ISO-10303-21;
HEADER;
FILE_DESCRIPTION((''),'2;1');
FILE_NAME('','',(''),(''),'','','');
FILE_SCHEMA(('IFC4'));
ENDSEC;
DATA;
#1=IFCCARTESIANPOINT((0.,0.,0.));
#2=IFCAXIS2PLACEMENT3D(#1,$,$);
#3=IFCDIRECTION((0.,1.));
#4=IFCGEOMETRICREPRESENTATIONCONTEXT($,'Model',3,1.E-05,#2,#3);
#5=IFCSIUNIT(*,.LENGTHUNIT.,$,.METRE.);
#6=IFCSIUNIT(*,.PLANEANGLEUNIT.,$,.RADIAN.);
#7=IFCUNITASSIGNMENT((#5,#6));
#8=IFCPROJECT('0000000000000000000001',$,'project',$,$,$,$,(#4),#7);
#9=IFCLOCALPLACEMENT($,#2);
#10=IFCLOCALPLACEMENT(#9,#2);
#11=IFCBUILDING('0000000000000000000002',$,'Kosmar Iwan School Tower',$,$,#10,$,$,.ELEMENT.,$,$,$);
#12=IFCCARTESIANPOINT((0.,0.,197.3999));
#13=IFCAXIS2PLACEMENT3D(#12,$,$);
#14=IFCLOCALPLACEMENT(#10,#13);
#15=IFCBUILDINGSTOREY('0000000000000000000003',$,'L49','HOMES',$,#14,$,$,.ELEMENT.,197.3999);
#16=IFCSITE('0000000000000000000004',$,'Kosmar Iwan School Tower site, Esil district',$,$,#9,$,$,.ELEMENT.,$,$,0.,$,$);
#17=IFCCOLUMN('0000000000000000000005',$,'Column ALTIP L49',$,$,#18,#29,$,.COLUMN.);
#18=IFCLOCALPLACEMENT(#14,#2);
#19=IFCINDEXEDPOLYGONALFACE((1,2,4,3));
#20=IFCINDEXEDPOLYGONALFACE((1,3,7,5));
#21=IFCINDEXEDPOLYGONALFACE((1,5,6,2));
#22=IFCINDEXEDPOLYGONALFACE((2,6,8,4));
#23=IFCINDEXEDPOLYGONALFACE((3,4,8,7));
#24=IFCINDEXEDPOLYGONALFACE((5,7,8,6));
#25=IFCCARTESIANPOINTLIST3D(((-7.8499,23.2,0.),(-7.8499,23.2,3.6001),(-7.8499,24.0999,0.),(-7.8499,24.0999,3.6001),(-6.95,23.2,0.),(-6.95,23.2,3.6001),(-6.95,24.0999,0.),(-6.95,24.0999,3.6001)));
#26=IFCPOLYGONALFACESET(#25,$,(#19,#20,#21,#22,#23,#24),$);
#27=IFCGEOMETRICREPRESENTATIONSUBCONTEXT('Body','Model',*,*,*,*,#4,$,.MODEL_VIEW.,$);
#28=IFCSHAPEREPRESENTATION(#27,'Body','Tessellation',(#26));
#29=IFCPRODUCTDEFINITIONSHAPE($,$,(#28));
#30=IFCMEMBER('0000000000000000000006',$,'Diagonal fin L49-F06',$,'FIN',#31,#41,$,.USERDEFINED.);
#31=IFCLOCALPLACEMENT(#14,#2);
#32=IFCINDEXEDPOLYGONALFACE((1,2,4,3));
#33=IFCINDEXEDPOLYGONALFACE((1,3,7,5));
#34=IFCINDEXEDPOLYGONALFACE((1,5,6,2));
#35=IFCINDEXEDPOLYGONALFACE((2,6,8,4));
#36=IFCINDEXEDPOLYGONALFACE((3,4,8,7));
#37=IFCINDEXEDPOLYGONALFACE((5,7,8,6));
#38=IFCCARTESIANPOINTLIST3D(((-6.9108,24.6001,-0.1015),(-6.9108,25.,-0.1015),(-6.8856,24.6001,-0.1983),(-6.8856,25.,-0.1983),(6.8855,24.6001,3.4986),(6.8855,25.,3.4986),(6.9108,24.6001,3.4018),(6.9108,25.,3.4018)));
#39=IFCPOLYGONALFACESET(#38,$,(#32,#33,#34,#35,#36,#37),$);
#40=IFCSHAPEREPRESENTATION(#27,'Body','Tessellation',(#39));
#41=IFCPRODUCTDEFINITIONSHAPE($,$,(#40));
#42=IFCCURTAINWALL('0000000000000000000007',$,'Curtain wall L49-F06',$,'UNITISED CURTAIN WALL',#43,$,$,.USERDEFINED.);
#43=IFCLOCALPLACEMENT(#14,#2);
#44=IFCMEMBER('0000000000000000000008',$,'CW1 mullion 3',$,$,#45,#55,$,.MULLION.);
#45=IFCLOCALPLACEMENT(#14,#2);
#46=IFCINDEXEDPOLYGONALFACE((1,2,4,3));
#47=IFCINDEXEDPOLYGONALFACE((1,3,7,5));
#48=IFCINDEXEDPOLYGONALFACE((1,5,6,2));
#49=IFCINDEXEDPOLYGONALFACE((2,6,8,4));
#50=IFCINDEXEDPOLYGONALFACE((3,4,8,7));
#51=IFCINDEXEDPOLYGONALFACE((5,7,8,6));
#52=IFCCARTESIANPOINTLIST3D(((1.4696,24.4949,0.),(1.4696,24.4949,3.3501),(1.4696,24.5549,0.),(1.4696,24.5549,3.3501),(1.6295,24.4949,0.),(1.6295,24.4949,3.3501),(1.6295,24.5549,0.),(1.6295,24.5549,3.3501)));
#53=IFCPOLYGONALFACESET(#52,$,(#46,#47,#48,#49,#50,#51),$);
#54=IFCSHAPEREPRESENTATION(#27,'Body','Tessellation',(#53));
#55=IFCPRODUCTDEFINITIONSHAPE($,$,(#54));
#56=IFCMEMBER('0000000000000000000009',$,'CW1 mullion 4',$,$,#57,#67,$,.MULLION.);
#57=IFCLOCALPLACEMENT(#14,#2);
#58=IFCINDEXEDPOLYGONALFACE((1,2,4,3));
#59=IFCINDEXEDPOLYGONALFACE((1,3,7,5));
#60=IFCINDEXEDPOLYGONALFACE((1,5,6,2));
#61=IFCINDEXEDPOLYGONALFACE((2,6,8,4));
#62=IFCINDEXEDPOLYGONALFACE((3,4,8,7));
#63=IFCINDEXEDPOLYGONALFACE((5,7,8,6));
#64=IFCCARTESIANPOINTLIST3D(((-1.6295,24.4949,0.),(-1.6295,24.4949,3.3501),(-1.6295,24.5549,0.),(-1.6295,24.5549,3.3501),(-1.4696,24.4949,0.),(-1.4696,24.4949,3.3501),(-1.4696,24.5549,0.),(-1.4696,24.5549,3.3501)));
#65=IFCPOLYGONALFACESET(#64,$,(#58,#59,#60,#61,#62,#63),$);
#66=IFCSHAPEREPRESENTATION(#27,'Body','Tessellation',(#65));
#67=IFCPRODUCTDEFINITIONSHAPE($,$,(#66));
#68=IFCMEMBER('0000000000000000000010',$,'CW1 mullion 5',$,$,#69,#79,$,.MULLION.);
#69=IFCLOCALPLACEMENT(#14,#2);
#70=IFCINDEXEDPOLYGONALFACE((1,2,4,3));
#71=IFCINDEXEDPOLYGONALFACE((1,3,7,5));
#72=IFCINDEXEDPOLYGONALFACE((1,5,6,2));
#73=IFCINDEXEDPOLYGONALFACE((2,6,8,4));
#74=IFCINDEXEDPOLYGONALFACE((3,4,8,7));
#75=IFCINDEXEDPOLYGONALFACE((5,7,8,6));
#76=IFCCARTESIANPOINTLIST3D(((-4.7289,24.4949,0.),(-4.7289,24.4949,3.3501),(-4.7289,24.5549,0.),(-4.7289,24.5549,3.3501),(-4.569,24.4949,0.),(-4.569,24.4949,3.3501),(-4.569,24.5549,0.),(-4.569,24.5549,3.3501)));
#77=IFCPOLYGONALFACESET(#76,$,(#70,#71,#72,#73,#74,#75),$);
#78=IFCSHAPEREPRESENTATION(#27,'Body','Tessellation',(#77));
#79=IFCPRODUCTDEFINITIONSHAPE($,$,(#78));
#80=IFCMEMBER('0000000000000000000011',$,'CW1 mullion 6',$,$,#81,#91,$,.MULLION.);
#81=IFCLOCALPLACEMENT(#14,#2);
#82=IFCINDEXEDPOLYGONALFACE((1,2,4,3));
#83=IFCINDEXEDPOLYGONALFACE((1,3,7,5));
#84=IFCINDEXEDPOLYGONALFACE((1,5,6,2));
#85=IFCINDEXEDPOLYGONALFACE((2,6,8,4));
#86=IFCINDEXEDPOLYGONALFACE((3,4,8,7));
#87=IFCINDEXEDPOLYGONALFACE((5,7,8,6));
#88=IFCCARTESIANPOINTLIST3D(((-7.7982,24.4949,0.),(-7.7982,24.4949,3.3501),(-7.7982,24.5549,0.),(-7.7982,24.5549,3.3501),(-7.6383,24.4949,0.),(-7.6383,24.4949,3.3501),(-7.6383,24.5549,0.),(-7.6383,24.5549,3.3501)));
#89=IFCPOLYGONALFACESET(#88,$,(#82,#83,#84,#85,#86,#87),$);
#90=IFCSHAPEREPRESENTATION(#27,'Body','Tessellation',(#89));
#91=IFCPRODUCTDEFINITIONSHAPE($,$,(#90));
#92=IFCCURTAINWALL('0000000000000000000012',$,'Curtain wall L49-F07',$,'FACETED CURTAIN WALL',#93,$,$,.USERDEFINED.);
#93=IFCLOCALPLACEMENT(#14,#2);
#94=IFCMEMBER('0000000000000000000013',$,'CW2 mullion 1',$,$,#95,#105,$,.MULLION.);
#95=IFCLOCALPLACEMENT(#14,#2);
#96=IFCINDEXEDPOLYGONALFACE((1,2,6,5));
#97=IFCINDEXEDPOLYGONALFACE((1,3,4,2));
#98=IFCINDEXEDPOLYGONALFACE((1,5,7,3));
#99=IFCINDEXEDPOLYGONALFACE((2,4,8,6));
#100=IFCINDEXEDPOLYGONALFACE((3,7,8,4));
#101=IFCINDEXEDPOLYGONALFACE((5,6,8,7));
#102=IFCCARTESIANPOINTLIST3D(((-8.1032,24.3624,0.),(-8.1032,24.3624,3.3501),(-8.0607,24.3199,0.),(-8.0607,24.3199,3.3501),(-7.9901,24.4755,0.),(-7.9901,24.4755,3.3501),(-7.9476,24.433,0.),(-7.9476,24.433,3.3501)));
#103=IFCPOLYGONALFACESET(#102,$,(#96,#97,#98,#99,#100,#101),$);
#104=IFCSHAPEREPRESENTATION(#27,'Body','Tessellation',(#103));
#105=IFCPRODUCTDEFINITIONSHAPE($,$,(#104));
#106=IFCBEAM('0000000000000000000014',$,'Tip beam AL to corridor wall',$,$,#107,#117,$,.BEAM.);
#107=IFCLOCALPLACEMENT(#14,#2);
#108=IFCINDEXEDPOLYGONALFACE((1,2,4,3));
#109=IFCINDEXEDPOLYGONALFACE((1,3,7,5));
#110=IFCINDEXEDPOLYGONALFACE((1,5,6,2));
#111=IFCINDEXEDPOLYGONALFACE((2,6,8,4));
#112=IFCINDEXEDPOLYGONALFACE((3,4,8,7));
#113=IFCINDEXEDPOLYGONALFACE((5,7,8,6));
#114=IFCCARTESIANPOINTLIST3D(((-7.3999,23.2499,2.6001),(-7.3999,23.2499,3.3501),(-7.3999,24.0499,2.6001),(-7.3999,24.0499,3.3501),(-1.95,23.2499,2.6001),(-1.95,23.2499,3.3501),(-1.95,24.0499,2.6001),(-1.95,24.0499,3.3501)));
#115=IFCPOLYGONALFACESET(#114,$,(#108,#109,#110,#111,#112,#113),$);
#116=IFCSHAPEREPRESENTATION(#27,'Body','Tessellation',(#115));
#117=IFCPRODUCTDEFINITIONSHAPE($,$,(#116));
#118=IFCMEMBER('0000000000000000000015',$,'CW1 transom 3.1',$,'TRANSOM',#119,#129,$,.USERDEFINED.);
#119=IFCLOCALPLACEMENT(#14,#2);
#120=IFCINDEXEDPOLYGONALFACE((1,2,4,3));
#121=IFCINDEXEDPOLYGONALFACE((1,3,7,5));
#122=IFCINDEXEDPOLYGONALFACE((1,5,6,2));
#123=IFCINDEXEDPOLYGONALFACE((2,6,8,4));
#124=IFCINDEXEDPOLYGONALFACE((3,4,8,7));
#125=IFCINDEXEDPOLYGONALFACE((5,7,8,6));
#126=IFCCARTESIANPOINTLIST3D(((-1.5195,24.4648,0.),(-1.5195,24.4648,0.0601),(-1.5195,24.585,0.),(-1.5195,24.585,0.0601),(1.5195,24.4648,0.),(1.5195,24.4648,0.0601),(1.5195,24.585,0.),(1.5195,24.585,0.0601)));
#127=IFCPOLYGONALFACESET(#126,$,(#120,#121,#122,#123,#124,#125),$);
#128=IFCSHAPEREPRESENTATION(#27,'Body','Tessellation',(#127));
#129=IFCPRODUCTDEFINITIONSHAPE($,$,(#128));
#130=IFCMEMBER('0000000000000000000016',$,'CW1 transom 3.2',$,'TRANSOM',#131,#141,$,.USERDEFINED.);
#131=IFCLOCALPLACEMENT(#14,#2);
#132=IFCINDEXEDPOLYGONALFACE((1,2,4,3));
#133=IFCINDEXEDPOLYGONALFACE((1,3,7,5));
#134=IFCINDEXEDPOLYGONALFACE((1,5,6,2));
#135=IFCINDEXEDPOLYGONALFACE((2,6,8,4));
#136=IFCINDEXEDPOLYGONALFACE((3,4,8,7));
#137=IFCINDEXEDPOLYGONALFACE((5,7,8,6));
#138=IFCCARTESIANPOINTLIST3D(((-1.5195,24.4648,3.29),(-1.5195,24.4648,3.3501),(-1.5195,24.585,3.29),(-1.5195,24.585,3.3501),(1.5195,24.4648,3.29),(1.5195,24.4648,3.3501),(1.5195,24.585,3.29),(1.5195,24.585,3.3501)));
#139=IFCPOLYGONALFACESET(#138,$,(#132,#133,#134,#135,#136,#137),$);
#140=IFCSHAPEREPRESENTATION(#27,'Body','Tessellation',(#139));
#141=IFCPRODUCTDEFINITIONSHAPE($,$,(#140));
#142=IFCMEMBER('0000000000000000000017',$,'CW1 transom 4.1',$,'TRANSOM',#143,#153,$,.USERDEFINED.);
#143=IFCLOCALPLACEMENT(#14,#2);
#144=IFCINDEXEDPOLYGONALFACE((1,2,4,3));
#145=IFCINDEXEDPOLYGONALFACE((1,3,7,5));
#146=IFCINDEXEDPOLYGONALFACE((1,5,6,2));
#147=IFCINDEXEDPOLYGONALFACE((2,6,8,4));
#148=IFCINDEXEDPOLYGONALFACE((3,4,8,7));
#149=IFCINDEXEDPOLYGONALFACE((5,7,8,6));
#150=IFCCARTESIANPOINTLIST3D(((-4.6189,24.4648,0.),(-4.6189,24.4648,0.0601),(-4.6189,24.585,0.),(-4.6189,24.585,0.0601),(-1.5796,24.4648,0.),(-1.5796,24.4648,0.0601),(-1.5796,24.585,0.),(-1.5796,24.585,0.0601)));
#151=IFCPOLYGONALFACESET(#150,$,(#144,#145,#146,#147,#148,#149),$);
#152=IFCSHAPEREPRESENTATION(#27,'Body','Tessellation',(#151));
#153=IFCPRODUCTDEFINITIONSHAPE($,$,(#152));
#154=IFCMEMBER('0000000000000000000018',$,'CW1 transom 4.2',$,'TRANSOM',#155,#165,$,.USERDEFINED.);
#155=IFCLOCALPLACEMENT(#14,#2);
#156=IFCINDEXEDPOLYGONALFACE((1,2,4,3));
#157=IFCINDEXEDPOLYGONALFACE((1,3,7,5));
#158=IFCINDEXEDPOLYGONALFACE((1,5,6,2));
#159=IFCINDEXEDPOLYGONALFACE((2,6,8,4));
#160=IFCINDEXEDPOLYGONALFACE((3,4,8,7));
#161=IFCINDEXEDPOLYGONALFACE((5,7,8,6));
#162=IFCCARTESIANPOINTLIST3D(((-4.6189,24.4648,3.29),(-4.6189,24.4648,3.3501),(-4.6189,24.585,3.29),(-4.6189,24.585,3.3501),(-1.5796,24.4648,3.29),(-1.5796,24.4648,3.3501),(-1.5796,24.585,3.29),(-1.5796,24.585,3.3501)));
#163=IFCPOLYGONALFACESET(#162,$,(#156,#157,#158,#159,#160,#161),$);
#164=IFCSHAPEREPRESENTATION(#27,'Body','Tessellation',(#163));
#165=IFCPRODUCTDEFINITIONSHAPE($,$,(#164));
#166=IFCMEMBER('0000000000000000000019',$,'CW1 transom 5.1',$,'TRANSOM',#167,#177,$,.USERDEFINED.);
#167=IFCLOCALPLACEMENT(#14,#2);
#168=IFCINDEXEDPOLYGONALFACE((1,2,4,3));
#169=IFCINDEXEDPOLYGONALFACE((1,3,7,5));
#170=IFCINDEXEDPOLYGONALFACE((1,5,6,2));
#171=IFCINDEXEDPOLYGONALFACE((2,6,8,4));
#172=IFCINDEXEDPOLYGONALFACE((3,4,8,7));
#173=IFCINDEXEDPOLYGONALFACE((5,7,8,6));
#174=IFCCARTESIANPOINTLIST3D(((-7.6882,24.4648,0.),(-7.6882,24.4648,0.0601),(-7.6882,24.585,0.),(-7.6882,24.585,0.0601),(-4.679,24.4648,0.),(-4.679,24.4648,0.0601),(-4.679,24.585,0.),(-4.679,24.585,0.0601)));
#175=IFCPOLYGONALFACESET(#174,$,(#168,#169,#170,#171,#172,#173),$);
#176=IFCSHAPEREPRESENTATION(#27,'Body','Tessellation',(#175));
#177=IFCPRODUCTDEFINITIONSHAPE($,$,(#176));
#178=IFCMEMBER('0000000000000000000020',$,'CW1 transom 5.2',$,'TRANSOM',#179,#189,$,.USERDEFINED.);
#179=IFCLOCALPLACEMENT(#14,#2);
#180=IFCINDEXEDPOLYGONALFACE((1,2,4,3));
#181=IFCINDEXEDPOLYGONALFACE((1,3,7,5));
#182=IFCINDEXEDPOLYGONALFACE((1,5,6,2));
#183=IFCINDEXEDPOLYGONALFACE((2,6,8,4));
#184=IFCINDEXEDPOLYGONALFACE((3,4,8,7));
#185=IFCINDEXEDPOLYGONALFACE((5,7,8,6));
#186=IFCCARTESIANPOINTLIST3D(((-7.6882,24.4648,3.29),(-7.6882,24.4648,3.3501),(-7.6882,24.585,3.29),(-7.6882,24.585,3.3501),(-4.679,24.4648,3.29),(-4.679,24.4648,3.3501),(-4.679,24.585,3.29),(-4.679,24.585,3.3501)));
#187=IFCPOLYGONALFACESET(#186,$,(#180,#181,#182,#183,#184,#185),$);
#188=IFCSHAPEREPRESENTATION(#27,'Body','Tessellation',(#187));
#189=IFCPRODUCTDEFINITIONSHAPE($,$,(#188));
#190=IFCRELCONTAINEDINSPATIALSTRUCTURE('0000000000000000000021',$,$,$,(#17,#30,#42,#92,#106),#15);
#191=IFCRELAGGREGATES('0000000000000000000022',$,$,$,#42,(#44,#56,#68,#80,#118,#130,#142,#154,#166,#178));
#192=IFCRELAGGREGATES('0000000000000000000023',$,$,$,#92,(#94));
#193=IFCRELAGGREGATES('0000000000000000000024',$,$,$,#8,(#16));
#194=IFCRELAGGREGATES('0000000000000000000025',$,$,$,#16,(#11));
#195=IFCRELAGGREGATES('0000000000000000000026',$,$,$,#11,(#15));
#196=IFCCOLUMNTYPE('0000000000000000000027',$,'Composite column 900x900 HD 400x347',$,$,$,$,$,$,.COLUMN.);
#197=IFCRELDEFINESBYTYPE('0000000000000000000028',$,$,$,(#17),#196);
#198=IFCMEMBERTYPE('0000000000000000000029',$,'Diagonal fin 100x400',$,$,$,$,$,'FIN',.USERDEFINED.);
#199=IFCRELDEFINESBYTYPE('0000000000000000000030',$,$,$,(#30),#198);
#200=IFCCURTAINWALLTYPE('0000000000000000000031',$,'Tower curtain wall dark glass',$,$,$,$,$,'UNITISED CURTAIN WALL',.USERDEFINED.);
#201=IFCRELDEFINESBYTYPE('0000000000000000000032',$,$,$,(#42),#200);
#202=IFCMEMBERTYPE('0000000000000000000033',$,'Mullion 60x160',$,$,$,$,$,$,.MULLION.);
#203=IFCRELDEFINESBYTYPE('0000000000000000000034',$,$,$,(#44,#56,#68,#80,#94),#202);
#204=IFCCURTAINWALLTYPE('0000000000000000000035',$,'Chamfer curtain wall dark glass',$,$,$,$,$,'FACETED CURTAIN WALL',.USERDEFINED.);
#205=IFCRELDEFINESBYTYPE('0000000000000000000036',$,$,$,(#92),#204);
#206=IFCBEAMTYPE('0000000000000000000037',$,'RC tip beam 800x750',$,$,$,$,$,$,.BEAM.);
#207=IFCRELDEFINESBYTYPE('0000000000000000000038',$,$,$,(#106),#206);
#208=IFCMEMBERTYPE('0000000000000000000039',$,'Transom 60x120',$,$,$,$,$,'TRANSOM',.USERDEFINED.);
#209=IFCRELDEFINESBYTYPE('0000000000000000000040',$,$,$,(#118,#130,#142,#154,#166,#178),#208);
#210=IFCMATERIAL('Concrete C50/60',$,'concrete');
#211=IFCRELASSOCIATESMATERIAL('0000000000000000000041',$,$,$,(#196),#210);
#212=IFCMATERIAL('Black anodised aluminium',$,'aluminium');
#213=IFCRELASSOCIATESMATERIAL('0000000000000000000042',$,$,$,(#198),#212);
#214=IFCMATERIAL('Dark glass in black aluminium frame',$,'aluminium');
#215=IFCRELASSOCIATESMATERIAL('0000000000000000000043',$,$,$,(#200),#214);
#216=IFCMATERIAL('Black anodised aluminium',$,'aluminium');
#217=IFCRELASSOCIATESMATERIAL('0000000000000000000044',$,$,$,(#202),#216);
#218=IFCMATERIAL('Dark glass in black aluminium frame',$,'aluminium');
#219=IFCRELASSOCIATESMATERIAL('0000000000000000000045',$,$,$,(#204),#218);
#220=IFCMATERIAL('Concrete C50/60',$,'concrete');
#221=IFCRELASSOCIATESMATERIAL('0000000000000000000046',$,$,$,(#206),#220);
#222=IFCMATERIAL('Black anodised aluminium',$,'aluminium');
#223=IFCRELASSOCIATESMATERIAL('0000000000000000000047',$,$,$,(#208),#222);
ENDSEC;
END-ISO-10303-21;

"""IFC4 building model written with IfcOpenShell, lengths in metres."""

from ifc_helpers import new_model, si_unit, direction, frame, origin, origin_2d, place, context, subcontext, project, spatial, rectangle, extrude, material, material_profile, profile_set, type_object, element, aggregate, save


model = new_model("IFC4")

# Units and contexts
model_context = context("Model", 3, precision=1e-05, world=origin(), true_north=direction((0.0, 1.0)))
body_context = subcontext(model_context, "Body", "Model", "MODEL_VIEW")
ifc_project = project(units=[si_unit("LENGTHUNIT", "METRE"), si_unit("PLANEANGLEUNIT", "RADIAN")], contexts=[model_context])

# Site, building, storey
site_placement = place(None, origin())
site = spatial("IfcSite", under=ifc_project, at=site_placement, Name="Kosmar Iwan School Tower site, Esil district", CompositionType="ELEMENT", RefElevation=0.0)
building_placement = place(site_placement, origin())
building = spatial("IfcBuilding", under=site, at=building_placement, Name="Kosmar Iwan School Tower", CompositionType="ELEMENT")
storey_placement = place(building_placement, frame((0.0, 0.0, 197.3999)))
storey = spatial("IfcBuildingStorey", under=building, at=storey_placement, Name="L49", Description="HOMES", CompositionType="ELEMENT", Elevation=197.3999)

# Column
ifc_material_1 = material(Name="Concrete C50/60", Category="concrete")
ifc_material_profile_1 = material_profile(ifc_material_1, rectangle(XDim=0.8999, YDim=0.8999, at=origin_2d()), Name="RC 900x900 + HD 400x347")
ifc_profile_set_1 = profile_set([ifc_material_profile_1], Name="Concrete C50/60")
column_type = type_object("IfcColumnType", Name="Composite column 900x900 HD 400x347", PredefinedType="COLUMN", material=ifc_profile_set_1)
column_placement = place(storey_placement, frame((-7.3999, 23.6499, 0.0), z_axis=(0.0, 0.0, 1.0), x_axis=(0.0, 1.0, 0.0)))
element("IfcColumn", 1, at=column_placement, inside=storey, type_object=column_type, Name="Column ALTIP L49", PredefinedType="COLUMN", context=body_context, shape_type="SweptSolid", body=[
    extrude(rectangle(XDim=0.8999, YDim=0.8999, at=origin_2d()), origin(), (0.0, 0.0, 1.0), 3.6001),
])

# Member
ifc_material_2 = material(Name="Black anodised aluminium", Category="aluminium")
ifc_material_profile_2 = material_profile(ifc_material_2, rectangle(XDim=0.1001, YDim=0.3999, at=origin_2d()), Name="FIN 100x400")
ifc_profile_set_2 = profile_set([ifc_material_profile_2], Name="Black anodised aluminium")
member_type_1 = type_object("IfcMemberType", Name="Diagonal fin 100x400", ElementType="FIN", PredefinedType="USERDEFINED", material=ifc_profile_set_2)
member_1_placement = place(storey_placement, frame((-6.8982, 24.8, -0.1499), z_axis=(0.967599, 0.0, 0.25249), x_axis=(-0.25249, 0.0, 0.967599)))
element("IfcMember", 2, at=member_1_placement, inside=storey, type_object=member_type_1, Name="Diagonal fin L49-F06", ObjectType="FIN", PredefinedType="USERDEFINED", context=body_context, shape_type="SweptSolid", body=[
    extrude(rectangle(XDim=0.1001, YDim=0.3999, at=origin_2d()), origin(), (0.0, 0.0, 1.0), 14.2583),
])

# Curtain wall, members
ifc_material_3 = material(Name="Dark glass in black aluminium frame", Category="aluminium")
curtain_wall_type_1 = type_object("IfcCurtainWallType", Name="Tower curtain wall dark glass", ElementType="UNITISED CURTAIN WALL", PredefinedType="USERDEFINED", material=ifc_material_3)
curtain_wall_1_placement = place(storey_placement, origin())
curtain_wall_1 = element("IfcCurtainWall", 3, at=curtain_wall_1_placement, inside=storey, type_object=curtain_wall_type_1, Name="Curtain wall L49-F06", ObjectType="UNITISED CURTAIN WALL", PredefinedType="USERDEFINED")
ifc_material_4 = material(Name="Black anodised aluminium", Category="aluminium")
ifc_material_profile_3 = material_profile(ifc_material_4, rectangle(XDim=0.0601, YDim=0.1599, at=origin_2d()), Name="MULLION 60x160")
ifc_profile_set_3 = profile_set([ifc_material_profile_3], Name="Black anodised aluminium")
member_type_2 = type_object("IfcMemberType", Name="Mullion 60x160", PredefinedType="MULLION", material=ifc_profile_set_3)
member_2_placement = place(storey_placement, frame((1.5496, 24.5249, 0.0), z_axis=(0.0, 0.0, 1.0), x_axis=(0.0, -1.0, 0.0)))
member_2 = element("IfcMember", 4, at=member_2_placement, type_object=member_type_2, Name="CW1 mullion 3", PredefinedType="MULLION", context=body_context, shape_type="SweptSolid", body=[
    extrude(rectangle(XDim=0.0601, YDim=0.1599, at=origin_2d()), origin(), (0.0, 0.0, 1.0), 3.3501),
])
member_3_placement = place(storey_placement, frame((-1.5496, 24.5249, 0.0), z_axis=(0.0, 0.0, 1.0), x_axis=(0.0, -1.0, 0.0)))
member_3 = element("IfcMember", 5, at=member_3_placement, type_object=member_type_2, Name="CW1 mullion 4", PredefinedType="MULLION", context=body_context, shape_type="SweptSolid", body=[
    extrude(rectangle(XDim=0.0601, YDim=0.1599, at=origin_2d()), origin(), (0.0, 0.0, 1.0), 3.3501),
])
member_4_placement = place(storey_placement, frame((-4.6489, 24.5249, 0.0), z_axis=(0.0, 0.0, 1.0), x_axis=(0.0, -1.0, 0.0)))
member_4 = element("IfcMember", 6, at=member_4_placement, type_object=member_type_2, Name="CW1 mullion 5", PredefinedType="MULLION", context=body_context, shape_type="SweptSolid", body=[
    extrude(rectangle(XDim=0.0601, YDim=0.1599, at=origin_2d()), origin(), (0.0, 0.0, 1.0), 3.3501),
])
member_5_placement = place(storey_placement, frame((-7.7183, 24.5249, 0.0), z_axis=(0.0, 0.0, 1.0), x_axis=(0.0, -1.0, 0.0)))
member_5 = element("IfcMember", 7, at=member_5_placement, type_object=member_type_2, Name="CW1 mullion 6", PredefinedType="MULLION", context=body_context, shape_type="SweptSolid", body=[
    extrude(rectangle(XDim=0.0601, YDim=0.1599, at=origin_2d()), origin(), (0.0, 0.0, 1.0), 3.3501),
])

# Curtain wall, member
ifc_material_5 = material(Name="Dark glass in black aluminium frame", Category="aluminium")
curtain_wall_type_2 = type_object("IfcCurtainWallType", Name="Chamfer curtain wall dark glass", ElementType="FACETED CURTAIN WALL", PredefinedType="USERDEFINED", material=ifc_material_5)
curtain_wall_2_placement = place(storey_placement, origin())
curtain_wall_2 = element("IfcCurtainWall", 8, at=curtain_wall_2_placement, inside=storey, type_object=curtain_wall_type_2, Name="Curtain wall L49-F07", ObjectType="FACETED CURTAIN WALL", PredefinedType="USERDEFINED")
member_6_placement = place(storey_placement, frame((-8.0254, 24.3977, 0.0), z_axis=(0.0, 0.0, 1.0), x_axis=(0.707107, -0.707107, 0.0)))
member_6 = element("IfcMember", 9, at=member_6_placement, type_object=member_type_2, Name="CW2 mullion 1", PredefinedType="MULLION", context=body_context, shape_type="SweptSolid", body=[
    extrude(rectangle(XDim=0.0601, YDim=0.1599, at=origin_2d()), origin(), (0.0, 0.0, 1.0), 3.3501),
])

# Beam
ifc_material_6 = material(Name="Concrete C50/60", Category="concrete")
ifc_material_profile_4 = material_profile(ifc_material_6, rectangle(XDim=0.8, YDim=0.75, at=origin_2d()), Name="RC 800x750")
ifc_profile_set_4 = profile_set([ifc_material_profile_4], Name="Concrete C50/60")
beam_type = type_object("IfcBeamType", Name="RC tip beam 800x750", PredefinedType="BEAM", material=ifc_profile_set_4)
beam_placement = place(storey_placement, frame((-7.3999, 23.6499, 2.9751), z_axis=(1.0, 0.0, 0.0), x_axis=(0.0, 1.0, 0.0)))
element("IfcBeam", 10, at=beam_placement, inside=storey, type_object=beam_type, Name="Tip beam AL to corridor wall", PredefinedType="BEAM", context=body_context, shape_type="SweptSolid", body=[
    extrude(rectangle(XDim=0.8, YDim=0.75, at=origin_2d()), origin(), (0.0, 0.0, 1.0), 5.45),
])

# Members
ifc_material_7 = material(Name="Black anodised aluminium", Category="aluminium")
ifc_material_profile_5 = material_profile(ifc_material_7, rectangle(XDim=0.1201, YDim=0.0601, at=origin_2d()), Name="TRANSOM 60x120")
ifc_profile_set_5 = profile_set([ifc_material_profile_5], Name="Black anodised aluminium")
member_type_3 = type_object("IfcMemberType", Name="Transom 60x120", ElementType="TRANSOM", PredefinedType="USERDEFINED", material=ifc_profile_set_5)
member_7_placement = place(storey_placement, frame((1.5195, 24.5249, 0.03), z_axis=(-1.0, 0.0, 0.0), x_axis=(0.0, -1.0, 0.0)))
member_7 = element("IfcMember", 11, at=member_7_placement, type_object=member_type_3, Name="CW1 transom 3.1", ObjectType="TRANSOM", PredefinedType="USERDEFINED", context=body_context, shape_type="SweptSolid", body=[
    extrude(rectangle(XDim=0.1201, YDim=0.0601, at=origin_2d()), origin(), (0.0, 0.0, 1.0), 3.0391),
])
member_8_placement = place(storey_placement, frame((1.5195, 24.5249, 3.3201), z_axis=(-1.0, 0.0, 0.0), x_axis=(0.0, -1.0, 0.0)))
member_8 = element("IfcMember", 12, at=member_8_placement, type_object=member_type_3, Name="CW1 transom 3.2", ObjectType="TRANSOM", PredefinedType="USERDEFINED", context=body_context, shape_type="SweptSolid", body=[
    extrude(rectangle(XDim=0.1201, YDim=0.0601, at=origin_2d()), origin(), (0.0, 0.0, 1.0), 3.0391),
])
member_9_placement = place(storey_placement, frame((-1.5796, 24.5249, 0.03), z_axis=(-1.0, 0.0, 0.0), x_axis=(0.0, -1.0, 0.0)))
member_9 = element("IfcMember", 13, at=member_9_placement, type_object=member_type_3, Name="CW1 transom 4.1", ObjectType="TRANSOM", PredefinedType="USERDEFINED", context=body_context, shape_type="SweptSolid", body=[
    extrude(rectangle(XDim=0.1201, YDim=0.0601, at=origin_2d()), origin(), (0.0, 0.0, 1.0), 3.0393),
])
member_10_placement = place(storey_placement, frame((-1.5796, 24.5249, 3.3201), z_axis=(-1.0, 0.0, 0.0), x_axis=(0.0, -1.0, 0.0)))
member_10 = element("IfcMember", 14, at=member_10_placement, type_object=member_type_3, Name="CW1 transom 4.2", ObjectType="TRANSOM", PredefinedType="USERDEFINED", context=body_context, shape_type="SweptSolid", body=[
    extrude(rectangle(XDim=0.1201, YDim=0.0601, at=origin_2d()), origin(), (0.0, 0.0, 1.0), 3.0393),
])
member_11_placement = place(storey_placement, frame((-4.679, 24.5249, 0.03), z_axis=(-1.0, 0.0, 0.0), x_axis=(0.0, -1.0, 0.0)))
member_11 = element("IfcMember", 15, at=member_11_placement, type_object=member_type_3, Name="CW1 transom 5.1", ObjectType="TRANSOM", PredefinedType="USERDEFINED", context=body_context, shape_type="SweptSolid", body=[
    extrude(rectangle(XDim=0.1201, YDim=0.0601, at=origin_2d()), origin(), (0.0, 0.0, 1.0), 3.0093),
])
member_12_placement = place(storey_placement, frame((-4.679, 24.5249, 3.3201), z_axis=(-1.0, 0.0, 0.0), x_axis=(0.0, -1.0, 0.0)))
member_12 = element("IfcMember", 16, at=member_12_placement, type_object=member_type_3, Name="CW1 transom 5.2", ObjectType="TRANSOM", PredefinedType="USERDEFINED", context=body_context, shape_type="SweptSolid", body=[
    extrude(rectangle(XDim=0.1201, YDim=0.0601, at=origin_2d()), origin(), (0.0, 0.0, 1.0), 3.0093),
])

aggregate(curtain_wall_1, [member_2, member_3, member_4, member_5, member_7, member_8, member_9, member_10, member_11, member_12])
aggregate(curtain_wall_2, [member_6])

save(model, "model.ifc")
